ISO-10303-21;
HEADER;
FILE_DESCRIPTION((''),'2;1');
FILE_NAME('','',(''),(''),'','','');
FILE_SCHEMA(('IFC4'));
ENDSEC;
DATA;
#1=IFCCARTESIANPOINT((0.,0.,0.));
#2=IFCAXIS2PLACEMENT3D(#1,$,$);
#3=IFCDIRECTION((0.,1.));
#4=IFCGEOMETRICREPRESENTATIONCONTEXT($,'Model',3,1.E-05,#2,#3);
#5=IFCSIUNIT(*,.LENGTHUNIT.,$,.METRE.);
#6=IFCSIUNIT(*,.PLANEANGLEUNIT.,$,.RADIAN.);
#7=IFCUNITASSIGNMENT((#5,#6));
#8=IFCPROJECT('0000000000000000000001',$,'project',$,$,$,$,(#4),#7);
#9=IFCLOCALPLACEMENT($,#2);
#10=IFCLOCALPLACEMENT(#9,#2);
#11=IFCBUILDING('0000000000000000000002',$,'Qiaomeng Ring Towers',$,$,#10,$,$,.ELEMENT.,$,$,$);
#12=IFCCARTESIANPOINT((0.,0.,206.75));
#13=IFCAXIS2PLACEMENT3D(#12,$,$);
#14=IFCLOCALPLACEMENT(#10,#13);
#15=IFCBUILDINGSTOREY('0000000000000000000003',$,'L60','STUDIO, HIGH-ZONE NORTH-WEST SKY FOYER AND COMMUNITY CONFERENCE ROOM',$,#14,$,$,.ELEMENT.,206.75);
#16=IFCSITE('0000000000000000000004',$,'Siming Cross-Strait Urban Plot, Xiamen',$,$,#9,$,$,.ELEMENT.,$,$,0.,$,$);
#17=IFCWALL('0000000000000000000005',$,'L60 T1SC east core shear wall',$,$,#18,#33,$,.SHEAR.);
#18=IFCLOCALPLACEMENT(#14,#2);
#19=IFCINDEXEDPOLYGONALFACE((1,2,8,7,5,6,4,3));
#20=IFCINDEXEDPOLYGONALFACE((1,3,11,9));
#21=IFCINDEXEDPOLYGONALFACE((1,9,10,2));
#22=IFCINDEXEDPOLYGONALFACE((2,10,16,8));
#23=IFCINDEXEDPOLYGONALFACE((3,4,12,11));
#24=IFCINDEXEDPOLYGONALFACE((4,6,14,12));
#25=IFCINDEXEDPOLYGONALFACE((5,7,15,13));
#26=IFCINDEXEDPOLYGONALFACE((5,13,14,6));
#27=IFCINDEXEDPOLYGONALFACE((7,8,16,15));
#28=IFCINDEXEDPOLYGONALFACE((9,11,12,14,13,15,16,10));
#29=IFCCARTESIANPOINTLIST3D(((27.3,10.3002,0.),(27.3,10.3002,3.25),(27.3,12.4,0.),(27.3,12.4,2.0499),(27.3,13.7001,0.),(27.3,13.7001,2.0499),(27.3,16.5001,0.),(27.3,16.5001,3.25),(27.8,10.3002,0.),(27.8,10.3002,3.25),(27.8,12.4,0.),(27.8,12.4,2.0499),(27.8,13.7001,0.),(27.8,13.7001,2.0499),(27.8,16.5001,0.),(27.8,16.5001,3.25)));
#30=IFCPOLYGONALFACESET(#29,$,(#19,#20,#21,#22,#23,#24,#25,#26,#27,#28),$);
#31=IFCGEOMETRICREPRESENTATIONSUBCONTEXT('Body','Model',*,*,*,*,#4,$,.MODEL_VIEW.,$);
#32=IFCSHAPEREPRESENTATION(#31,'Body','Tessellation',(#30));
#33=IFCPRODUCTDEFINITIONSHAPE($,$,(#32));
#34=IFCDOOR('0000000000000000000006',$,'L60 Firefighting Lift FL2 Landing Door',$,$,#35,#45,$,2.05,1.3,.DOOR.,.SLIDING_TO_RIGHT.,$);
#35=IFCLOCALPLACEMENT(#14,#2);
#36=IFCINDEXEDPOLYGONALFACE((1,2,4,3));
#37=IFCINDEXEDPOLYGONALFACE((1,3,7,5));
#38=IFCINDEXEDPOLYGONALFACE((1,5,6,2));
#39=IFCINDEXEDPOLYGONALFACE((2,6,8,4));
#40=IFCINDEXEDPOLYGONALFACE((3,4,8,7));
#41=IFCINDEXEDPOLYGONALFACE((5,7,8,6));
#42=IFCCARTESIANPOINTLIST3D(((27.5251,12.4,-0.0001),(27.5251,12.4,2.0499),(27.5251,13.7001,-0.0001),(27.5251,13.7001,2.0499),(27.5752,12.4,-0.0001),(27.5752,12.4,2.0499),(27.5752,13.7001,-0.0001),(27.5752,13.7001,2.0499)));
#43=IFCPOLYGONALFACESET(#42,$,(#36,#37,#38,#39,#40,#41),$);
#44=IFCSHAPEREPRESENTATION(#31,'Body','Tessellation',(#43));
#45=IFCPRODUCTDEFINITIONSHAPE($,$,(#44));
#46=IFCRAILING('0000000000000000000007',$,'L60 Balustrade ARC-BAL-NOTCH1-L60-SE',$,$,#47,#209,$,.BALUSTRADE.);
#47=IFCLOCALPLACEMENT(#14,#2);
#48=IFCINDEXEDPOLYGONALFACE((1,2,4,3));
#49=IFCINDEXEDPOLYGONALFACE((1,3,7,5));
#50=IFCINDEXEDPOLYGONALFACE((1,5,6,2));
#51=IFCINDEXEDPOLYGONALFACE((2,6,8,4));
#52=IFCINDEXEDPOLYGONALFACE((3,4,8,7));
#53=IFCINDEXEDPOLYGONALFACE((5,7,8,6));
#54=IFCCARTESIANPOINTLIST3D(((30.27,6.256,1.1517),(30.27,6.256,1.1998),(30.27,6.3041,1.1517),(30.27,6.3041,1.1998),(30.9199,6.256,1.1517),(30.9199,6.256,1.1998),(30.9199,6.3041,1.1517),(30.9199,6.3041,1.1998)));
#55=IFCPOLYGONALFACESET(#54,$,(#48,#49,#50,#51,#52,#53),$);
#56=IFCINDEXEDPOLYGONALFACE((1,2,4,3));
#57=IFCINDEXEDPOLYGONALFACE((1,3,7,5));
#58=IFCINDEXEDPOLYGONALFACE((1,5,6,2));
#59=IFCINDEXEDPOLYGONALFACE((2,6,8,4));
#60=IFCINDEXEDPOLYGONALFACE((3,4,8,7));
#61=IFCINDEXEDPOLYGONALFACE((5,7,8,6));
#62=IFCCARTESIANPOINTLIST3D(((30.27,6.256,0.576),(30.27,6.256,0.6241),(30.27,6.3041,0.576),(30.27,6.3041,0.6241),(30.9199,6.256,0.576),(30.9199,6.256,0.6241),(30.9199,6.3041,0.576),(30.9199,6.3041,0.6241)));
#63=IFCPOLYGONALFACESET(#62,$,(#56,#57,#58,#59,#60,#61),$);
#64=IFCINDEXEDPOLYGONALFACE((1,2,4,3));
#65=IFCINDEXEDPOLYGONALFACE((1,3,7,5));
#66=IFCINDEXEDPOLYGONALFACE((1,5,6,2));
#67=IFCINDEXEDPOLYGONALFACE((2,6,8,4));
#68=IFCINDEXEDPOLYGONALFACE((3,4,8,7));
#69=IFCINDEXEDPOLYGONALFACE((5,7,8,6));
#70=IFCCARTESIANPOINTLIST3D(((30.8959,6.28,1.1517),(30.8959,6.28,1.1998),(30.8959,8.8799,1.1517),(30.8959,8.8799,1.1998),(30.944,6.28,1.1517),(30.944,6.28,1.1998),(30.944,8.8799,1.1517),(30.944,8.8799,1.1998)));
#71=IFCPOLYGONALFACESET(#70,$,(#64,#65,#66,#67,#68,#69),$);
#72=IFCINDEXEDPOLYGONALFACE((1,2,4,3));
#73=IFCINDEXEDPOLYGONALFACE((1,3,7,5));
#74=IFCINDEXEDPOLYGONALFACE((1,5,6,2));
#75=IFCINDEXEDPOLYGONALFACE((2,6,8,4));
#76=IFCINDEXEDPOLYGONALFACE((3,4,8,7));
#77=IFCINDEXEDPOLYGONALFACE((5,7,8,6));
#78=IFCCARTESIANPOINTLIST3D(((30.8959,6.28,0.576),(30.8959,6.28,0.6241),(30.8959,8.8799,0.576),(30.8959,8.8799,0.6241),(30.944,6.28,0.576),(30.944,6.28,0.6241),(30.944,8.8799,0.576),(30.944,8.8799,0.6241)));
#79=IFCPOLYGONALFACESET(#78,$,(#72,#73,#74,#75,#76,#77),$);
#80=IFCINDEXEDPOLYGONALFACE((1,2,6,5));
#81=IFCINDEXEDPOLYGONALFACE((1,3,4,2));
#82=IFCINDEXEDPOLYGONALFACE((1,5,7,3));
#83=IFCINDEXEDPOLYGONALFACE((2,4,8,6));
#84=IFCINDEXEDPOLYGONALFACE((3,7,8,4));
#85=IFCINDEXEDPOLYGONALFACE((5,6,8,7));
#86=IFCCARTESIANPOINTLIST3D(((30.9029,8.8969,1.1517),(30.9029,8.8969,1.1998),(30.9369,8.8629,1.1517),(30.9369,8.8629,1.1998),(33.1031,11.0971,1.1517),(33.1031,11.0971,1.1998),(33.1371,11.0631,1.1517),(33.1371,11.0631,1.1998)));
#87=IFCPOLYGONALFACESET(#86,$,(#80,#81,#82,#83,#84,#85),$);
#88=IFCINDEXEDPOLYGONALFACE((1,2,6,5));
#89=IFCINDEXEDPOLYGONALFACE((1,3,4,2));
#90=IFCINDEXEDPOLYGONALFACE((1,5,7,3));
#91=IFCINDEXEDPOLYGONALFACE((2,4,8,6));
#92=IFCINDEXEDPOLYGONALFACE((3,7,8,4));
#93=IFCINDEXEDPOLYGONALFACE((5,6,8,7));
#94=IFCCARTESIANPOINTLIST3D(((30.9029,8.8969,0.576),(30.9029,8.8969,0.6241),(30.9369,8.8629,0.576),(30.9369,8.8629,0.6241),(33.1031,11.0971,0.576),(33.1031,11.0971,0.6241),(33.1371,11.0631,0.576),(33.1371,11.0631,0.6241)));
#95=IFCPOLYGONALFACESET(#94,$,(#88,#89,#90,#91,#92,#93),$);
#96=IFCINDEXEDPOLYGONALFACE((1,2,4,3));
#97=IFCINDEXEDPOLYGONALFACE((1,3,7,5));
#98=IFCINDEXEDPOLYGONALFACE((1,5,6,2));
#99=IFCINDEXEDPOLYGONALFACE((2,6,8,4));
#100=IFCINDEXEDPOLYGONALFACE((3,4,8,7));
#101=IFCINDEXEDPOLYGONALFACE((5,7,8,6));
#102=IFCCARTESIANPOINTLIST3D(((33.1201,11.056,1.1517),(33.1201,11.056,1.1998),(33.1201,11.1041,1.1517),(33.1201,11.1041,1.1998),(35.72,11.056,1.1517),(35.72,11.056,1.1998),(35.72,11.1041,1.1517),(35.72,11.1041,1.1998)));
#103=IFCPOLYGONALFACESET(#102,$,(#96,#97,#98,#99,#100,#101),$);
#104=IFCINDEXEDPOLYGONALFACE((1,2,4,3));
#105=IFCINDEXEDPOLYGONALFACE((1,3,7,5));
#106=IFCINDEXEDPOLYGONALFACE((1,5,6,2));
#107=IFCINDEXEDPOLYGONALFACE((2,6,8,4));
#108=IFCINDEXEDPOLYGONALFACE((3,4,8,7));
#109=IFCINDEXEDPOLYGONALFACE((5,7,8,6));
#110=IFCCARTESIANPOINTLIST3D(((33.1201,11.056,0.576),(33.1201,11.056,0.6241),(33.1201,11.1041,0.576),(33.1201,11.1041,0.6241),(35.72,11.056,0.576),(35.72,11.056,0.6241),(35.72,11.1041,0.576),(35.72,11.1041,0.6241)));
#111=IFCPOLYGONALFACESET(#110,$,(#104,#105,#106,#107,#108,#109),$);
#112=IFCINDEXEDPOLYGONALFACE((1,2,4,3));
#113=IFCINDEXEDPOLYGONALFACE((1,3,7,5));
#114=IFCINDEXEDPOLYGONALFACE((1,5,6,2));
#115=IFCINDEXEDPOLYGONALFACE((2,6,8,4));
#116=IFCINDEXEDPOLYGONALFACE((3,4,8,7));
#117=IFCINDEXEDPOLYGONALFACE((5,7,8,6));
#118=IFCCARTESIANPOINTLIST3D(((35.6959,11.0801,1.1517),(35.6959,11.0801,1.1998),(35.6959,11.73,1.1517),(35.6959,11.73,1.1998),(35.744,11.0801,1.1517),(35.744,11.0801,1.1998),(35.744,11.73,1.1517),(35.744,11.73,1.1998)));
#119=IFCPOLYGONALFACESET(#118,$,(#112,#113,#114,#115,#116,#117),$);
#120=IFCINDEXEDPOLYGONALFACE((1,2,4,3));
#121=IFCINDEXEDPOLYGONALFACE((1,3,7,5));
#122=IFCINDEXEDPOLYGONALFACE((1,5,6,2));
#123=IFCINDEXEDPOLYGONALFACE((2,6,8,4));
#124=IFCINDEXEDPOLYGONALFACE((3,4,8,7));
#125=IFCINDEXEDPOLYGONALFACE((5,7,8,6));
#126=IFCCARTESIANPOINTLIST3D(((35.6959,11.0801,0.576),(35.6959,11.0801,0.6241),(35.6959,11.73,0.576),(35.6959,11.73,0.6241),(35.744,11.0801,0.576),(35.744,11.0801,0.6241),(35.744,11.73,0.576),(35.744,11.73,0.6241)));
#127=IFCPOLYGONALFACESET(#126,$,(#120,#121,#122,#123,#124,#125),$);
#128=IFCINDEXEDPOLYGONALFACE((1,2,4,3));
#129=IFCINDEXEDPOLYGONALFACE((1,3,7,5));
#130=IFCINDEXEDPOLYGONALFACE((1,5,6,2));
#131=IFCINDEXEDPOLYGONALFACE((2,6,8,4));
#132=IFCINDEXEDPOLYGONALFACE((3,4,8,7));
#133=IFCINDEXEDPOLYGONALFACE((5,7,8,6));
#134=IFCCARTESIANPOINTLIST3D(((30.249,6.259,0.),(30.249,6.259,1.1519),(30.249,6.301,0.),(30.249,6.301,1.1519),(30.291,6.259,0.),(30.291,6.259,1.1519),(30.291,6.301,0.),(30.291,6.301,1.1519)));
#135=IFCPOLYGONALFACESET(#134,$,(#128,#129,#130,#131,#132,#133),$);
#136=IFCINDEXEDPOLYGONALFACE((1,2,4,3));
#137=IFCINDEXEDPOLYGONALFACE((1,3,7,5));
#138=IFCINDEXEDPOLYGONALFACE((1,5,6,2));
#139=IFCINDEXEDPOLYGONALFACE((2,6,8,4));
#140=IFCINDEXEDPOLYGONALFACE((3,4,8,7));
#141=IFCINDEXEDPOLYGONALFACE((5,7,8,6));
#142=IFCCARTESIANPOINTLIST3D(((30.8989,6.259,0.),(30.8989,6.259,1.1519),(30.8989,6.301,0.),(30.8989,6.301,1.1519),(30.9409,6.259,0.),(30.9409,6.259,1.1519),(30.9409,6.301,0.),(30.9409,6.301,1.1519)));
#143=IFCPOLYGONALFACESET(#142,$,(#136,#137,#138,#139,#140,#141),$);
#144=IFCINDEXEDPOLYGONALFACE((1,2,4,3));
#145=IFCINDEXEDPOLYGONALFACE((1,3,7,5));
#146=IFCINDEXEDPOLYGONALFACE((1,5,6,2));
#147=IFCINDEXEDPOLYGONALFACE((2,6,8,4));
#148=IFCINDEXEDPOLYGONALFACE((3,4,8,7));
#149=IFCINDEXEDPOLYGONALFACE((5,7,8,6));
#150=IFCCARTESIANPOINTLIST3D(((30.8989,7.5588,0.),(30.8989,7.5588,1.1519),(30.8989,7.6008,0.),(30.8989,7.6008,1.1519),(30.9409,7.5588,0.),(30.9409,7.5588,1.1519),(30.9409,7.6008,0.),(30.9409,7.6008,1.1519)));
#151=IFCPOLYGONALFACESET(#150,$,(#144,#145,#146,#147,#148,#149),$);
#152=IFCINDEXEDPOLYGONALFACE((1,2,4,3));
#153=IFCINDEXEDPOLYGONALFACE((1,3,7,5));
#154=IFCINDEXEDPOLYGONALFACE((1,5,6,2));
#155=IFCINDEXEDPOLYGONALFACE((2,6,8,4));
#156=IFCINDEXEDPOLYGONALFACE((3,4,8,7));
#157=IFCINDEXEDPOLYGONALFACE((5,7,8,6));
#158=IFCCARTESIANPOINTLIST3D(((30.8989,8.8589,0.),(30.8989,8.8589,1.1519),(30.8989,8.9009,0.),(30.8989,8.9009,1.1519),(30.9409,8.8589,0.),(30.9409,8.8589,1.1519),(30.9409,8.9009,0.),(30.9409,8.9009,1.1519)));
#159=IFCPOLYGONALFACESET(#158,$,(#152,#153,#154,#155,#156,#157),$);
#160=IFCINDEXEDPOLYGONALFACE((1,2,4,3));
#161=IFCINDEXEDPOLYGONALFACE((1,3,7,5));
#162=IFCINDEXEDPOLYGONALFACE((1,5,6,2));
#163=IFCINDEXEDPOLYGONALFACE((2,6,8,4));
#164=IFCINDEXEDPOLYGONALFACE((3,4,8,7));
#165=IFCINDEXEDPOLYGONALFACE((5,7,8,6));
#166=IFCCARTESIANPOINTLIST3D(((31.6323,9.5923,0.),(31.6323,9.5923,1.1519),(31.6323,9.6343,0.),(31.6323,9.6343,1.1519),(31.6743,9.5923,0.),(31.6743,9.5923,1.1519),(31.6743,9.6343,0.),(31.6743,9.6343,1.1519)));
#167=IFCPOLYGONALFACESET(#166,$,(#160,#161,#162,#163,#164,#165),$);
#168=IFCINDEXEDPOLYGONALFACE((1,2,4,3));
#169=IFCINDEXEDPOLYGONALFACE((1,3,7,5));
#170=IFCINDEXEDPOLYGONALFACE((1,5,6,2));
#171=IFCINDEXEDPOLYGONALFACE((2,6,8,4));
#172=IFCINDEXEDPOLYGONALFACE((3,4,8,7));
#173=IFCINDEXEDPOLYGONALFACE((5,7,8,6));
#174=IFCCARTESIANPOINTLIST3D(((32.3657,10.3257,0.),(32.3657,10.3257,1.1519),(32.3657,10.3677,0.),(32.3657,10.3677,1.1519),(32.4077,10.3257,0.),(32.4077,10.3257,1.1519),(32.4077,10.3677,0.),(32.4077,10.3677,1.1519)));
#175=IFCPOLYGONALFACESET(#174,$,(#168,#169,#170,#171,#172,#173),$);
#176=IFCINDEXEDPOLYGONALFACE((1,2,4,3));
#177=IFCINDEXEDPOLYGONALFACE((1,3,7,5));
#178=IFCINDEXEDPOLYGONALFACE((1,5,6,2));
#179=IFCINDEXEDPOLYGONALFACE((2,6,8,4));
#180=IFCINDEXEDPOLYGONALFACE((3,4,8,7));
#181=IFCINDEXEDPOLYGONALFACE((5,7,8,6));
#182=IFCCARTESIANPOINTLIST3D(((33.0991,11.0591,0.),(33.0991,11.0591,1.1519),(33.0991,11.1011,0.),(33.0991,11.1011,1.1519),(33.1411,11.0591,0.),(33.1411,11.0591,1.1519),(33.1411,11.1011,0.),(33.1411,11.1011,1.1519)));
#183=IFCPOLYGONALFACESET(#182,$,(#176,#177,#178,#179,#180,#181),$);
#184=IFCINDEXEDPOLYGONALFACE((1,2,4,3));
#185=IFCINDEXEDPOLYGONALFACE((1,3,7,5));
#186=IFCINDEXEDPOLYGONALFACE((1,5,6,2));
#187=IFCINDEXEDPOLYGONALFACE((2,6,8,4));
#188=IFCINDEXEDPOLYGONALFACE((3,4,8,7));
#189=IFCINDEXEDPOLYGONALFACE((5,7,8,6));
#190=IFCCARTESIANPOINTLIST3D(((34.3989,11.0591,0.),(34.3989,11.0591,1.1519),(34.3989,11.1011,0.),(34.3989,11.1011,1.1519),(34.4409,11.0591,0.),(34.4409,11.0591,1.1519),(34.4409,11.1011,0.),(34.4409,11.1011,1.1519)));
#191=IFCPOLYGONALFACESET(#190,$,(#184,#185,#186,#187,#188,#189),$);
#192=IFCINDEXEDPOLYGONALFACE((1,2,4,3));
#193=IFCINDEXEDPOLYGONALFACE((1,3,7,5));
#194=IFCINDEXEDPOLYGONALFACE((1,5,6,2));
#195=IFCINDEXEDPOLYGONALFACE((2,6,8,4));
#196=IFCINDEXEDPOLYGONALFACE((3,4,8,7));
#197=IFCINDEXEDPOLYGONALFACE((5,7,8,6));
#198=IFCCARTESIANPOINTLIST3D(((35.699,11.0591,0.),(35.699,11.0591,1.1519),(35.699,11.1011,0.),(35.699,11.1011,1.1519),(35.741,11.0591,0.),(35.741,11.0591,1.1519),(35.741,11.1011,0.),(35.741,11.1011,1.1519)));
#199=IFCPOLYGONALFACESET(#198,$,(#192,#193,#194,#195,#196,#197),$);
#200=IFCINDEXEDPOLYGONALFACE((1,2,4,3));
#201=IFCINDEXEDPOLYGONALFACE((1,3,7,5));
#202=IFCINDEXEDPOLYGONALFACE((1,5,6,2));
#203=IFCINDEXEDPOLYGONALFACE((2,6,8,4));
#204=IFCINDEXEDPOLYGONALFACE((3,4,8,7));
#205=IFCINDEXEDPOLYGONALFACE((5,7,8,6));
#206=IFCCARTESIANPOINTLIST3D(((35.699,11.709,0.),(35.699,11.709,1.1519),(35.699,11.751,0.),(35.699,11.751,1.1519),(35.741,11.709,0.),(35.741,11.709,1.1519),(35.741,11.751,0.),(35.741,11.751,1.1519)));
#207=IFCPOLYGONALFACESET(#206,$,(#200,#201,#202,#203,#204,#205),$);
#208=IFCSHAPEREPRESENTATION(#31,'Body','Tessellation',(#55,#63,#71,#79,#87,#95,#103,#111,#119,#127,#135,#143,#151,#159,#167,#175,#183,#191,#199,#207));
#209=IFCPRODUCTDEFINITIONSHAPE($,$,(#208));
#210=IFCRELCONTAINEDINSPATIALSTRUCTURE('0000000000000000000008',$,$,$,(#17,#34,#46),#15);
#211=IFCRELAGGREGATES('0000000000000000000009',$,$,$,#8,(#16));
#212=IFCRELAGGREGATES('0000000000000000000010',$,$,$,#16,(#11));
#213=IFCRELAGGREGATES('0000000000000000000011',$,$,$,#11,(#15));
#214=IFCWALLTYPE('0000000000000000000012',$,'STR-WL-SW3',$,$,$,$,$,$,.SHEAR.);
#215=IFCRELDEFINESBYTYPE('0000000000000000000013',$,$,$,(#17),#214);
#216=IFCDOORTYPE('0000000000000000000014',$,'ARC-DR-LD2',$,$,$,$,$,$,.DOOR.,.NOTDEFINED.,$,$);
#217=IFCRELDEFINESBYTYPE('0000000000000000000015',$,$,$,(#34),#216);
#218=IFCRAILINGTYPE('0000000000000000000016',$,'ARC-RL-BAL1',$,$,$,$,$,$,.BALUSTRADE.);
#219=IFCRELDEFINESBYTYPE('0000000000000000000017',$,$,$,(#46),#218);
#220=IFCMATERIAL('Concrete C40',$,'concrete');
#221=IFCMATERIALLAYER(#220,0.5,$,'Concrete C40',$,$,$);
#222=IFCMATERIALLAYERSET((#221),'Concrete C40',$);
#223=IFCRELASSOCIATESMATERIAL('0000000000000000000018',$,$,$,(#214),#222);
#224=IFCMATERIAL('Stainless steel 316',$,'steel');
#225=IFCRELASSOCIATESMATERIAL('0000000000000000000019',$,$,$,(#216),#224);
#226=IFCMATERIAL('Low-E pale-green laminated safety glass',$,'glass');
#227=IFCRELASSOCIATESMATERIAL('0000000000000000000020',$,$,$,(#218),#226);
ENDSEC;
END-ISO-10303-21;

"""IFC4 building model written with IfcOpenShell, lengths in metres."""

from ifc_helpers import new_model, si_unit, direction, frame, frame_2d, origin, origin_2d, place, context, subcontext, project, spatial, rectangle, extrude, source, transform, mapped, material, layer, layer_set, type_object, element, fill, save


model = new_model("IFC4")

# Units and contexts
model_context = context("Model", 3, precision=1e-05, world=origin(), true_north=direction((0.0, 1.0)))
body_context = subcontext(model_context, "Body", "Model", "MODEL_VIEW")
ifc_project = project(units=[si_unit("LENGTHUNIT", "METRE"), si_unit("PLANEANGLEUNIT", "RADIAN")], contexts=[model_context])

# Site, building, storey
site_placement = place(None, origin())
site = spatial("IfcSite", under=ifc_project, at=site_placement, Name="Siming Cross-Strait Urban Plot, Xiamen", CompositionType="ELEMENT", RefElevation=0.0)
building_placement = place(site_placement, origin())
building = spatial("IfcBuilding", under=site, at=building_placement, Name="Qiaomeng Ring Towers", CompositionType="ELEMENT")
storey_placement = place(building_placement, frame((0.0, 0.0, 206.75)))
storey = spatial("IfcBuildingStorey", under=building, at=storey_placement, Name="L60", Description="STUDIO, HIGH-ZONE NORTH-WEST SKY FOYER AND COMMUNITY CONFERENCE ROOM", CompositionType="ELEMENT", Elevation=206.75)

# Shared definitions
ifc_material_1 = material(Name="Concrete C40", Category="concrete")

# Wall, opening, door
ifc_layer_1 = layer(ifc_material_1, 0.5, Name="Concrete C40")
ifc_layer_set_1 = layer_set([ifc_layer_1], Name="Concrete C40")
wall_type_1 = type_object("IfcWallType", Name="STR-WL-SW3", PredefinedType="SHEAR", material=ifc_layer_set_1)
wall_1_placement = place(storey_placement, frame((27.55, 10.3, 0.0), z_axis=(0.0, 0.0, 1.0), x_axis=(0.0, 1.0, 0.0)))
wall_1 = element("IfcWall", 1, at=wall_1_placement, inside=storey, type_object=wall_type_1, Name="L60 T1SC east core shear wall", PredefinedType="SHEAR", context=body_context, shape_type="SweptSolid", body=[
    extrude(rectangle(XDim=6.2, YDim=0.5, at=frame_2d((3.1001, 0.0))), origin(), (0.0, 0.0, 1.0), 3.25),
])
opening_1_placement = place(wall_1_placement, frame((2.1001, 0.0, 0.0)))
opening_1 = element("IfcOpeningElement", 2, at=opening_1_placement, cuts=wall_1, PredefinedType="OPENING", context=body_context, shape_type="SweptSolid", body=[
    extrude(rectangle(XDim=1.3, YDim=2.05, at=frame_2d((0.6499, 1.0249))), frame((0.0, 0.26, 0.0), z_axis=(0.0, -1.0, 0.0), x_axis=(1.0, 0.0, 0.0)), (0.0, 0.0, 1.0), 0.52),
])
ifc_material_2 = material(Name="Stainless steel 316", Category="steel")
door_type_1 = type_object("IfcDoorType", Name="ARC-DR-LD2", OperationType="NOTDEFINED", PredefinedType="DOOR", material=ifc_material_2)
shared_shape_1 = source(origin(), body_context, "Body", "SweptSolid", [
    extrude(rectangle(XDim=1.3, YDim=2.05, at=frame_2d((0.6499, 1.0249))), frame((0.0, 0.0249, 0.0), z_axis=(0.0, -1.0, 0.0), x_axis=(1.0, 0.0, 0.0)), (0.0, 0.0, 1.0), 0.05),
])
door_1_placement = place(opening_1_placement, origin())
door_1 = element("IfcDoor", 3, at=door_1_placement, inside=storey, type_object=door_type_1, Name="L60 Firefighting Lift FL2 Landing Door", OperationType="SLIDING_TO_RIGHT", OverallHeight=2.05, OverallWidth=1.3, PredefinedType="DOOR", context=body_context, shape_type="MappedRepresentation", body=[
    mapped(shared_shape_1, transform((0.0, 0.0, 0.0), x_axis=(1.0, 0.0, 0.0), y_axis=(0.0, 1.0, 0.0), z_axis=(0.0, 0.0, 1.0), scale=1.0)),
])
fill(opening_1, door_1)

# Railing
ifc_material_3 = material(Name="Low-E pale-green laminated safety glass", Category="glass")
railing_type = type_object("IfcRailingType", Name="ARC-RL-BAL1", PredefinedType="BALUSTRADE", material=ifc_material_3)
railing_placement = place(storey_placement, frame((30.27, 6.28, 0.0)))
element("IfcRailing", 4, at=railing_placement, inside=storey, type_object=railing_type, Name="L60 Balustrade ARC-BAL-NOTCH1-L60-SE", PredefinedType="BALUSTRADE", context=body_context, shape_type="SweptSolid", body=[
    extrude(rectangle(XDim=0.0481, YDim=0.0481, at=origin_2d()), frame((0.0, 0.0, 1.1758), z_axis=(1.0, 0.0, 0.0), x_axis=(0.0, 1.0, 0.0)), (0.0, 0.0, 1.0), 0.6499),
    extrude(rectangle(XDim=0.0481, YDim=0.0481, at=origin_2d()), frame((0.0, 0.0, 0.6001), z_axis=(1.0, 0.0, 0.0), x_axis=(0.0, 1.0, 0.0)), (0.0, 0.0, 1.0), 0.6499),
    extrude(rectangle(XDim=0.0481, YDim=0.0481, at=origin_2d()), frame((0.6499, 0.0, 1.1758), z_axis=(0.0, 1.0, 0.0), x_axis=(-1.0, 0.0, 0.0)), (0.0, 0.0, 1.0), 2.5999),
    extrude(rectangle(XDim=0.0481, YDim=0.0481, at=origin_2d()), frame((0.6499, 0.0, 0.6001), z_axis=(0.0, 1.0, 0.0), x_axis=(-1.0, 0.0, 0.0)), (0.0, 0.0, 1.0), 2.5999),
    extrude(rectangle(XDim=0.0481, YDim=0.0481, at=origin_2d()), frame((0.6499, 2.5999, 1.1758), z_axis=(0.707107, 0.707107, 0.0), x_axis=(-0.707107, 0.707107, 0.0)), (0.0, 0.0, 1.0), 3.1116),
    extrude(rectangle(XDim=0.0481, YDim=0.0481, at=origin_2d()), frame((0.6499, 2.5999, 0.6001), z_axis=(0.707107, 0.707107, 0.0), x_axis=(-0.707107, 0.707107, 0.0)), (0.0, 0.0, 1.0), 3.1116),
    extrude(rectangle(XDim=0.0481, YDim=0.0481, at=origin_2d()), frame((2.8501, 4.8, 1.1758), z_axis=(1.0, 0.0, 0.0), x_axis=(0.0, 1.0, 0.0)), (0.0, 0.0, 1.0), 2.5999),
    extrude(rectangle(XDim=0.0481, YDim=0.0481, at=origin_2d()), frame((2.8501, 4.8, 0.6001), z_axis=(1.0, 0.0, 0.0), x_axis=(0.0, 1.0, 0.0)), (0.0, 0.0, 1.0), 2.5999),
    extrude(rectangle(XDim=0.0481, YDim=0.0481, at=origin_2d()), frame((5.45, 4.8, 1.1758), z_axis=(0.0, 1.0, 0.0), x_axis=(-1.0, 0.0, 0.0)), (0.0, 0.0, 1.0), 0.6499),
    extrude(rectangle(XDim=0.0481, YDim=0.0481, at=origin_2d()), frame((5.45, 4.8, 0.6001), z_axis=(0.0, 1.0, 0.0), x_axis=(-1.0, 0.0, 0.0)), (0.0, 0.0, 1.0), 0.6499),
    extrude(rectangle(XDim=0.042, YDim=0.042, at=origin_2d()), origin(), (0.0, 0.0, 1.0), 1.1519),
    extrude(rectangle(XDim=0.042, YDim=0.042, at=origin_2d()), frame((0.6499, 0.0, 0.0)), (0.0, 0.0, 1.0), 1.1519),
    extrude(rectangle(XDim=0.042, YDim=0.042, at=origin_2d()), frame((0.6499, 1.2998, 0.0)), (0.0, 0.0, 1.0), 1.1519),
    extrude(rectangle(XDim=0.042, YDim=0.042, at=origin_2d()), frame((0.6499, 2.5999, 0.0)), (0.0, 0.0, 1.0), 1.1519),
    extrude(rectangle(XDim=0.042, YDim=0.042, at=origin_2d()), frame((1.3833, 3.3333, 0.0)), (0.0, 0.0, 1.0), 1.1519),
    extrude(rectangle(XDim=0.042, YDim=0.042, at=origin_2d()), frame((2.1167, 4.0667, 0.0)), (0.0, 0.0, 1.0), 1.1519),
    extrude(rectangle(XDim=0.042, YDim=0.042, at=origin_2d()), frame((2.8501, 4.8, 0.0)), (0.0, 0.0, 1.0), 1.1519),
    extrude(rectangle(XDim=0.042, YDim=0.042, at=origin_2d()), frame((4.1499, 4.8, 0.0)), (0.0, 0.0, 1.0), 1.1519),
    extrude(rectangle(XDim=0.042, YDim=0.042, at=origin_2d()), frame((5.45, 4.8, 0.0)), (0.0, 0.0, 1.0), 1.1519),
    extrude(rectangle(XDim=0.042, YDim=0.042, at=origin_2d()), frame((5.45, 5.45, 0.0)), (0.0, 0.0, 1.0), 1.1519),
])

save(model, "model.ifc")
